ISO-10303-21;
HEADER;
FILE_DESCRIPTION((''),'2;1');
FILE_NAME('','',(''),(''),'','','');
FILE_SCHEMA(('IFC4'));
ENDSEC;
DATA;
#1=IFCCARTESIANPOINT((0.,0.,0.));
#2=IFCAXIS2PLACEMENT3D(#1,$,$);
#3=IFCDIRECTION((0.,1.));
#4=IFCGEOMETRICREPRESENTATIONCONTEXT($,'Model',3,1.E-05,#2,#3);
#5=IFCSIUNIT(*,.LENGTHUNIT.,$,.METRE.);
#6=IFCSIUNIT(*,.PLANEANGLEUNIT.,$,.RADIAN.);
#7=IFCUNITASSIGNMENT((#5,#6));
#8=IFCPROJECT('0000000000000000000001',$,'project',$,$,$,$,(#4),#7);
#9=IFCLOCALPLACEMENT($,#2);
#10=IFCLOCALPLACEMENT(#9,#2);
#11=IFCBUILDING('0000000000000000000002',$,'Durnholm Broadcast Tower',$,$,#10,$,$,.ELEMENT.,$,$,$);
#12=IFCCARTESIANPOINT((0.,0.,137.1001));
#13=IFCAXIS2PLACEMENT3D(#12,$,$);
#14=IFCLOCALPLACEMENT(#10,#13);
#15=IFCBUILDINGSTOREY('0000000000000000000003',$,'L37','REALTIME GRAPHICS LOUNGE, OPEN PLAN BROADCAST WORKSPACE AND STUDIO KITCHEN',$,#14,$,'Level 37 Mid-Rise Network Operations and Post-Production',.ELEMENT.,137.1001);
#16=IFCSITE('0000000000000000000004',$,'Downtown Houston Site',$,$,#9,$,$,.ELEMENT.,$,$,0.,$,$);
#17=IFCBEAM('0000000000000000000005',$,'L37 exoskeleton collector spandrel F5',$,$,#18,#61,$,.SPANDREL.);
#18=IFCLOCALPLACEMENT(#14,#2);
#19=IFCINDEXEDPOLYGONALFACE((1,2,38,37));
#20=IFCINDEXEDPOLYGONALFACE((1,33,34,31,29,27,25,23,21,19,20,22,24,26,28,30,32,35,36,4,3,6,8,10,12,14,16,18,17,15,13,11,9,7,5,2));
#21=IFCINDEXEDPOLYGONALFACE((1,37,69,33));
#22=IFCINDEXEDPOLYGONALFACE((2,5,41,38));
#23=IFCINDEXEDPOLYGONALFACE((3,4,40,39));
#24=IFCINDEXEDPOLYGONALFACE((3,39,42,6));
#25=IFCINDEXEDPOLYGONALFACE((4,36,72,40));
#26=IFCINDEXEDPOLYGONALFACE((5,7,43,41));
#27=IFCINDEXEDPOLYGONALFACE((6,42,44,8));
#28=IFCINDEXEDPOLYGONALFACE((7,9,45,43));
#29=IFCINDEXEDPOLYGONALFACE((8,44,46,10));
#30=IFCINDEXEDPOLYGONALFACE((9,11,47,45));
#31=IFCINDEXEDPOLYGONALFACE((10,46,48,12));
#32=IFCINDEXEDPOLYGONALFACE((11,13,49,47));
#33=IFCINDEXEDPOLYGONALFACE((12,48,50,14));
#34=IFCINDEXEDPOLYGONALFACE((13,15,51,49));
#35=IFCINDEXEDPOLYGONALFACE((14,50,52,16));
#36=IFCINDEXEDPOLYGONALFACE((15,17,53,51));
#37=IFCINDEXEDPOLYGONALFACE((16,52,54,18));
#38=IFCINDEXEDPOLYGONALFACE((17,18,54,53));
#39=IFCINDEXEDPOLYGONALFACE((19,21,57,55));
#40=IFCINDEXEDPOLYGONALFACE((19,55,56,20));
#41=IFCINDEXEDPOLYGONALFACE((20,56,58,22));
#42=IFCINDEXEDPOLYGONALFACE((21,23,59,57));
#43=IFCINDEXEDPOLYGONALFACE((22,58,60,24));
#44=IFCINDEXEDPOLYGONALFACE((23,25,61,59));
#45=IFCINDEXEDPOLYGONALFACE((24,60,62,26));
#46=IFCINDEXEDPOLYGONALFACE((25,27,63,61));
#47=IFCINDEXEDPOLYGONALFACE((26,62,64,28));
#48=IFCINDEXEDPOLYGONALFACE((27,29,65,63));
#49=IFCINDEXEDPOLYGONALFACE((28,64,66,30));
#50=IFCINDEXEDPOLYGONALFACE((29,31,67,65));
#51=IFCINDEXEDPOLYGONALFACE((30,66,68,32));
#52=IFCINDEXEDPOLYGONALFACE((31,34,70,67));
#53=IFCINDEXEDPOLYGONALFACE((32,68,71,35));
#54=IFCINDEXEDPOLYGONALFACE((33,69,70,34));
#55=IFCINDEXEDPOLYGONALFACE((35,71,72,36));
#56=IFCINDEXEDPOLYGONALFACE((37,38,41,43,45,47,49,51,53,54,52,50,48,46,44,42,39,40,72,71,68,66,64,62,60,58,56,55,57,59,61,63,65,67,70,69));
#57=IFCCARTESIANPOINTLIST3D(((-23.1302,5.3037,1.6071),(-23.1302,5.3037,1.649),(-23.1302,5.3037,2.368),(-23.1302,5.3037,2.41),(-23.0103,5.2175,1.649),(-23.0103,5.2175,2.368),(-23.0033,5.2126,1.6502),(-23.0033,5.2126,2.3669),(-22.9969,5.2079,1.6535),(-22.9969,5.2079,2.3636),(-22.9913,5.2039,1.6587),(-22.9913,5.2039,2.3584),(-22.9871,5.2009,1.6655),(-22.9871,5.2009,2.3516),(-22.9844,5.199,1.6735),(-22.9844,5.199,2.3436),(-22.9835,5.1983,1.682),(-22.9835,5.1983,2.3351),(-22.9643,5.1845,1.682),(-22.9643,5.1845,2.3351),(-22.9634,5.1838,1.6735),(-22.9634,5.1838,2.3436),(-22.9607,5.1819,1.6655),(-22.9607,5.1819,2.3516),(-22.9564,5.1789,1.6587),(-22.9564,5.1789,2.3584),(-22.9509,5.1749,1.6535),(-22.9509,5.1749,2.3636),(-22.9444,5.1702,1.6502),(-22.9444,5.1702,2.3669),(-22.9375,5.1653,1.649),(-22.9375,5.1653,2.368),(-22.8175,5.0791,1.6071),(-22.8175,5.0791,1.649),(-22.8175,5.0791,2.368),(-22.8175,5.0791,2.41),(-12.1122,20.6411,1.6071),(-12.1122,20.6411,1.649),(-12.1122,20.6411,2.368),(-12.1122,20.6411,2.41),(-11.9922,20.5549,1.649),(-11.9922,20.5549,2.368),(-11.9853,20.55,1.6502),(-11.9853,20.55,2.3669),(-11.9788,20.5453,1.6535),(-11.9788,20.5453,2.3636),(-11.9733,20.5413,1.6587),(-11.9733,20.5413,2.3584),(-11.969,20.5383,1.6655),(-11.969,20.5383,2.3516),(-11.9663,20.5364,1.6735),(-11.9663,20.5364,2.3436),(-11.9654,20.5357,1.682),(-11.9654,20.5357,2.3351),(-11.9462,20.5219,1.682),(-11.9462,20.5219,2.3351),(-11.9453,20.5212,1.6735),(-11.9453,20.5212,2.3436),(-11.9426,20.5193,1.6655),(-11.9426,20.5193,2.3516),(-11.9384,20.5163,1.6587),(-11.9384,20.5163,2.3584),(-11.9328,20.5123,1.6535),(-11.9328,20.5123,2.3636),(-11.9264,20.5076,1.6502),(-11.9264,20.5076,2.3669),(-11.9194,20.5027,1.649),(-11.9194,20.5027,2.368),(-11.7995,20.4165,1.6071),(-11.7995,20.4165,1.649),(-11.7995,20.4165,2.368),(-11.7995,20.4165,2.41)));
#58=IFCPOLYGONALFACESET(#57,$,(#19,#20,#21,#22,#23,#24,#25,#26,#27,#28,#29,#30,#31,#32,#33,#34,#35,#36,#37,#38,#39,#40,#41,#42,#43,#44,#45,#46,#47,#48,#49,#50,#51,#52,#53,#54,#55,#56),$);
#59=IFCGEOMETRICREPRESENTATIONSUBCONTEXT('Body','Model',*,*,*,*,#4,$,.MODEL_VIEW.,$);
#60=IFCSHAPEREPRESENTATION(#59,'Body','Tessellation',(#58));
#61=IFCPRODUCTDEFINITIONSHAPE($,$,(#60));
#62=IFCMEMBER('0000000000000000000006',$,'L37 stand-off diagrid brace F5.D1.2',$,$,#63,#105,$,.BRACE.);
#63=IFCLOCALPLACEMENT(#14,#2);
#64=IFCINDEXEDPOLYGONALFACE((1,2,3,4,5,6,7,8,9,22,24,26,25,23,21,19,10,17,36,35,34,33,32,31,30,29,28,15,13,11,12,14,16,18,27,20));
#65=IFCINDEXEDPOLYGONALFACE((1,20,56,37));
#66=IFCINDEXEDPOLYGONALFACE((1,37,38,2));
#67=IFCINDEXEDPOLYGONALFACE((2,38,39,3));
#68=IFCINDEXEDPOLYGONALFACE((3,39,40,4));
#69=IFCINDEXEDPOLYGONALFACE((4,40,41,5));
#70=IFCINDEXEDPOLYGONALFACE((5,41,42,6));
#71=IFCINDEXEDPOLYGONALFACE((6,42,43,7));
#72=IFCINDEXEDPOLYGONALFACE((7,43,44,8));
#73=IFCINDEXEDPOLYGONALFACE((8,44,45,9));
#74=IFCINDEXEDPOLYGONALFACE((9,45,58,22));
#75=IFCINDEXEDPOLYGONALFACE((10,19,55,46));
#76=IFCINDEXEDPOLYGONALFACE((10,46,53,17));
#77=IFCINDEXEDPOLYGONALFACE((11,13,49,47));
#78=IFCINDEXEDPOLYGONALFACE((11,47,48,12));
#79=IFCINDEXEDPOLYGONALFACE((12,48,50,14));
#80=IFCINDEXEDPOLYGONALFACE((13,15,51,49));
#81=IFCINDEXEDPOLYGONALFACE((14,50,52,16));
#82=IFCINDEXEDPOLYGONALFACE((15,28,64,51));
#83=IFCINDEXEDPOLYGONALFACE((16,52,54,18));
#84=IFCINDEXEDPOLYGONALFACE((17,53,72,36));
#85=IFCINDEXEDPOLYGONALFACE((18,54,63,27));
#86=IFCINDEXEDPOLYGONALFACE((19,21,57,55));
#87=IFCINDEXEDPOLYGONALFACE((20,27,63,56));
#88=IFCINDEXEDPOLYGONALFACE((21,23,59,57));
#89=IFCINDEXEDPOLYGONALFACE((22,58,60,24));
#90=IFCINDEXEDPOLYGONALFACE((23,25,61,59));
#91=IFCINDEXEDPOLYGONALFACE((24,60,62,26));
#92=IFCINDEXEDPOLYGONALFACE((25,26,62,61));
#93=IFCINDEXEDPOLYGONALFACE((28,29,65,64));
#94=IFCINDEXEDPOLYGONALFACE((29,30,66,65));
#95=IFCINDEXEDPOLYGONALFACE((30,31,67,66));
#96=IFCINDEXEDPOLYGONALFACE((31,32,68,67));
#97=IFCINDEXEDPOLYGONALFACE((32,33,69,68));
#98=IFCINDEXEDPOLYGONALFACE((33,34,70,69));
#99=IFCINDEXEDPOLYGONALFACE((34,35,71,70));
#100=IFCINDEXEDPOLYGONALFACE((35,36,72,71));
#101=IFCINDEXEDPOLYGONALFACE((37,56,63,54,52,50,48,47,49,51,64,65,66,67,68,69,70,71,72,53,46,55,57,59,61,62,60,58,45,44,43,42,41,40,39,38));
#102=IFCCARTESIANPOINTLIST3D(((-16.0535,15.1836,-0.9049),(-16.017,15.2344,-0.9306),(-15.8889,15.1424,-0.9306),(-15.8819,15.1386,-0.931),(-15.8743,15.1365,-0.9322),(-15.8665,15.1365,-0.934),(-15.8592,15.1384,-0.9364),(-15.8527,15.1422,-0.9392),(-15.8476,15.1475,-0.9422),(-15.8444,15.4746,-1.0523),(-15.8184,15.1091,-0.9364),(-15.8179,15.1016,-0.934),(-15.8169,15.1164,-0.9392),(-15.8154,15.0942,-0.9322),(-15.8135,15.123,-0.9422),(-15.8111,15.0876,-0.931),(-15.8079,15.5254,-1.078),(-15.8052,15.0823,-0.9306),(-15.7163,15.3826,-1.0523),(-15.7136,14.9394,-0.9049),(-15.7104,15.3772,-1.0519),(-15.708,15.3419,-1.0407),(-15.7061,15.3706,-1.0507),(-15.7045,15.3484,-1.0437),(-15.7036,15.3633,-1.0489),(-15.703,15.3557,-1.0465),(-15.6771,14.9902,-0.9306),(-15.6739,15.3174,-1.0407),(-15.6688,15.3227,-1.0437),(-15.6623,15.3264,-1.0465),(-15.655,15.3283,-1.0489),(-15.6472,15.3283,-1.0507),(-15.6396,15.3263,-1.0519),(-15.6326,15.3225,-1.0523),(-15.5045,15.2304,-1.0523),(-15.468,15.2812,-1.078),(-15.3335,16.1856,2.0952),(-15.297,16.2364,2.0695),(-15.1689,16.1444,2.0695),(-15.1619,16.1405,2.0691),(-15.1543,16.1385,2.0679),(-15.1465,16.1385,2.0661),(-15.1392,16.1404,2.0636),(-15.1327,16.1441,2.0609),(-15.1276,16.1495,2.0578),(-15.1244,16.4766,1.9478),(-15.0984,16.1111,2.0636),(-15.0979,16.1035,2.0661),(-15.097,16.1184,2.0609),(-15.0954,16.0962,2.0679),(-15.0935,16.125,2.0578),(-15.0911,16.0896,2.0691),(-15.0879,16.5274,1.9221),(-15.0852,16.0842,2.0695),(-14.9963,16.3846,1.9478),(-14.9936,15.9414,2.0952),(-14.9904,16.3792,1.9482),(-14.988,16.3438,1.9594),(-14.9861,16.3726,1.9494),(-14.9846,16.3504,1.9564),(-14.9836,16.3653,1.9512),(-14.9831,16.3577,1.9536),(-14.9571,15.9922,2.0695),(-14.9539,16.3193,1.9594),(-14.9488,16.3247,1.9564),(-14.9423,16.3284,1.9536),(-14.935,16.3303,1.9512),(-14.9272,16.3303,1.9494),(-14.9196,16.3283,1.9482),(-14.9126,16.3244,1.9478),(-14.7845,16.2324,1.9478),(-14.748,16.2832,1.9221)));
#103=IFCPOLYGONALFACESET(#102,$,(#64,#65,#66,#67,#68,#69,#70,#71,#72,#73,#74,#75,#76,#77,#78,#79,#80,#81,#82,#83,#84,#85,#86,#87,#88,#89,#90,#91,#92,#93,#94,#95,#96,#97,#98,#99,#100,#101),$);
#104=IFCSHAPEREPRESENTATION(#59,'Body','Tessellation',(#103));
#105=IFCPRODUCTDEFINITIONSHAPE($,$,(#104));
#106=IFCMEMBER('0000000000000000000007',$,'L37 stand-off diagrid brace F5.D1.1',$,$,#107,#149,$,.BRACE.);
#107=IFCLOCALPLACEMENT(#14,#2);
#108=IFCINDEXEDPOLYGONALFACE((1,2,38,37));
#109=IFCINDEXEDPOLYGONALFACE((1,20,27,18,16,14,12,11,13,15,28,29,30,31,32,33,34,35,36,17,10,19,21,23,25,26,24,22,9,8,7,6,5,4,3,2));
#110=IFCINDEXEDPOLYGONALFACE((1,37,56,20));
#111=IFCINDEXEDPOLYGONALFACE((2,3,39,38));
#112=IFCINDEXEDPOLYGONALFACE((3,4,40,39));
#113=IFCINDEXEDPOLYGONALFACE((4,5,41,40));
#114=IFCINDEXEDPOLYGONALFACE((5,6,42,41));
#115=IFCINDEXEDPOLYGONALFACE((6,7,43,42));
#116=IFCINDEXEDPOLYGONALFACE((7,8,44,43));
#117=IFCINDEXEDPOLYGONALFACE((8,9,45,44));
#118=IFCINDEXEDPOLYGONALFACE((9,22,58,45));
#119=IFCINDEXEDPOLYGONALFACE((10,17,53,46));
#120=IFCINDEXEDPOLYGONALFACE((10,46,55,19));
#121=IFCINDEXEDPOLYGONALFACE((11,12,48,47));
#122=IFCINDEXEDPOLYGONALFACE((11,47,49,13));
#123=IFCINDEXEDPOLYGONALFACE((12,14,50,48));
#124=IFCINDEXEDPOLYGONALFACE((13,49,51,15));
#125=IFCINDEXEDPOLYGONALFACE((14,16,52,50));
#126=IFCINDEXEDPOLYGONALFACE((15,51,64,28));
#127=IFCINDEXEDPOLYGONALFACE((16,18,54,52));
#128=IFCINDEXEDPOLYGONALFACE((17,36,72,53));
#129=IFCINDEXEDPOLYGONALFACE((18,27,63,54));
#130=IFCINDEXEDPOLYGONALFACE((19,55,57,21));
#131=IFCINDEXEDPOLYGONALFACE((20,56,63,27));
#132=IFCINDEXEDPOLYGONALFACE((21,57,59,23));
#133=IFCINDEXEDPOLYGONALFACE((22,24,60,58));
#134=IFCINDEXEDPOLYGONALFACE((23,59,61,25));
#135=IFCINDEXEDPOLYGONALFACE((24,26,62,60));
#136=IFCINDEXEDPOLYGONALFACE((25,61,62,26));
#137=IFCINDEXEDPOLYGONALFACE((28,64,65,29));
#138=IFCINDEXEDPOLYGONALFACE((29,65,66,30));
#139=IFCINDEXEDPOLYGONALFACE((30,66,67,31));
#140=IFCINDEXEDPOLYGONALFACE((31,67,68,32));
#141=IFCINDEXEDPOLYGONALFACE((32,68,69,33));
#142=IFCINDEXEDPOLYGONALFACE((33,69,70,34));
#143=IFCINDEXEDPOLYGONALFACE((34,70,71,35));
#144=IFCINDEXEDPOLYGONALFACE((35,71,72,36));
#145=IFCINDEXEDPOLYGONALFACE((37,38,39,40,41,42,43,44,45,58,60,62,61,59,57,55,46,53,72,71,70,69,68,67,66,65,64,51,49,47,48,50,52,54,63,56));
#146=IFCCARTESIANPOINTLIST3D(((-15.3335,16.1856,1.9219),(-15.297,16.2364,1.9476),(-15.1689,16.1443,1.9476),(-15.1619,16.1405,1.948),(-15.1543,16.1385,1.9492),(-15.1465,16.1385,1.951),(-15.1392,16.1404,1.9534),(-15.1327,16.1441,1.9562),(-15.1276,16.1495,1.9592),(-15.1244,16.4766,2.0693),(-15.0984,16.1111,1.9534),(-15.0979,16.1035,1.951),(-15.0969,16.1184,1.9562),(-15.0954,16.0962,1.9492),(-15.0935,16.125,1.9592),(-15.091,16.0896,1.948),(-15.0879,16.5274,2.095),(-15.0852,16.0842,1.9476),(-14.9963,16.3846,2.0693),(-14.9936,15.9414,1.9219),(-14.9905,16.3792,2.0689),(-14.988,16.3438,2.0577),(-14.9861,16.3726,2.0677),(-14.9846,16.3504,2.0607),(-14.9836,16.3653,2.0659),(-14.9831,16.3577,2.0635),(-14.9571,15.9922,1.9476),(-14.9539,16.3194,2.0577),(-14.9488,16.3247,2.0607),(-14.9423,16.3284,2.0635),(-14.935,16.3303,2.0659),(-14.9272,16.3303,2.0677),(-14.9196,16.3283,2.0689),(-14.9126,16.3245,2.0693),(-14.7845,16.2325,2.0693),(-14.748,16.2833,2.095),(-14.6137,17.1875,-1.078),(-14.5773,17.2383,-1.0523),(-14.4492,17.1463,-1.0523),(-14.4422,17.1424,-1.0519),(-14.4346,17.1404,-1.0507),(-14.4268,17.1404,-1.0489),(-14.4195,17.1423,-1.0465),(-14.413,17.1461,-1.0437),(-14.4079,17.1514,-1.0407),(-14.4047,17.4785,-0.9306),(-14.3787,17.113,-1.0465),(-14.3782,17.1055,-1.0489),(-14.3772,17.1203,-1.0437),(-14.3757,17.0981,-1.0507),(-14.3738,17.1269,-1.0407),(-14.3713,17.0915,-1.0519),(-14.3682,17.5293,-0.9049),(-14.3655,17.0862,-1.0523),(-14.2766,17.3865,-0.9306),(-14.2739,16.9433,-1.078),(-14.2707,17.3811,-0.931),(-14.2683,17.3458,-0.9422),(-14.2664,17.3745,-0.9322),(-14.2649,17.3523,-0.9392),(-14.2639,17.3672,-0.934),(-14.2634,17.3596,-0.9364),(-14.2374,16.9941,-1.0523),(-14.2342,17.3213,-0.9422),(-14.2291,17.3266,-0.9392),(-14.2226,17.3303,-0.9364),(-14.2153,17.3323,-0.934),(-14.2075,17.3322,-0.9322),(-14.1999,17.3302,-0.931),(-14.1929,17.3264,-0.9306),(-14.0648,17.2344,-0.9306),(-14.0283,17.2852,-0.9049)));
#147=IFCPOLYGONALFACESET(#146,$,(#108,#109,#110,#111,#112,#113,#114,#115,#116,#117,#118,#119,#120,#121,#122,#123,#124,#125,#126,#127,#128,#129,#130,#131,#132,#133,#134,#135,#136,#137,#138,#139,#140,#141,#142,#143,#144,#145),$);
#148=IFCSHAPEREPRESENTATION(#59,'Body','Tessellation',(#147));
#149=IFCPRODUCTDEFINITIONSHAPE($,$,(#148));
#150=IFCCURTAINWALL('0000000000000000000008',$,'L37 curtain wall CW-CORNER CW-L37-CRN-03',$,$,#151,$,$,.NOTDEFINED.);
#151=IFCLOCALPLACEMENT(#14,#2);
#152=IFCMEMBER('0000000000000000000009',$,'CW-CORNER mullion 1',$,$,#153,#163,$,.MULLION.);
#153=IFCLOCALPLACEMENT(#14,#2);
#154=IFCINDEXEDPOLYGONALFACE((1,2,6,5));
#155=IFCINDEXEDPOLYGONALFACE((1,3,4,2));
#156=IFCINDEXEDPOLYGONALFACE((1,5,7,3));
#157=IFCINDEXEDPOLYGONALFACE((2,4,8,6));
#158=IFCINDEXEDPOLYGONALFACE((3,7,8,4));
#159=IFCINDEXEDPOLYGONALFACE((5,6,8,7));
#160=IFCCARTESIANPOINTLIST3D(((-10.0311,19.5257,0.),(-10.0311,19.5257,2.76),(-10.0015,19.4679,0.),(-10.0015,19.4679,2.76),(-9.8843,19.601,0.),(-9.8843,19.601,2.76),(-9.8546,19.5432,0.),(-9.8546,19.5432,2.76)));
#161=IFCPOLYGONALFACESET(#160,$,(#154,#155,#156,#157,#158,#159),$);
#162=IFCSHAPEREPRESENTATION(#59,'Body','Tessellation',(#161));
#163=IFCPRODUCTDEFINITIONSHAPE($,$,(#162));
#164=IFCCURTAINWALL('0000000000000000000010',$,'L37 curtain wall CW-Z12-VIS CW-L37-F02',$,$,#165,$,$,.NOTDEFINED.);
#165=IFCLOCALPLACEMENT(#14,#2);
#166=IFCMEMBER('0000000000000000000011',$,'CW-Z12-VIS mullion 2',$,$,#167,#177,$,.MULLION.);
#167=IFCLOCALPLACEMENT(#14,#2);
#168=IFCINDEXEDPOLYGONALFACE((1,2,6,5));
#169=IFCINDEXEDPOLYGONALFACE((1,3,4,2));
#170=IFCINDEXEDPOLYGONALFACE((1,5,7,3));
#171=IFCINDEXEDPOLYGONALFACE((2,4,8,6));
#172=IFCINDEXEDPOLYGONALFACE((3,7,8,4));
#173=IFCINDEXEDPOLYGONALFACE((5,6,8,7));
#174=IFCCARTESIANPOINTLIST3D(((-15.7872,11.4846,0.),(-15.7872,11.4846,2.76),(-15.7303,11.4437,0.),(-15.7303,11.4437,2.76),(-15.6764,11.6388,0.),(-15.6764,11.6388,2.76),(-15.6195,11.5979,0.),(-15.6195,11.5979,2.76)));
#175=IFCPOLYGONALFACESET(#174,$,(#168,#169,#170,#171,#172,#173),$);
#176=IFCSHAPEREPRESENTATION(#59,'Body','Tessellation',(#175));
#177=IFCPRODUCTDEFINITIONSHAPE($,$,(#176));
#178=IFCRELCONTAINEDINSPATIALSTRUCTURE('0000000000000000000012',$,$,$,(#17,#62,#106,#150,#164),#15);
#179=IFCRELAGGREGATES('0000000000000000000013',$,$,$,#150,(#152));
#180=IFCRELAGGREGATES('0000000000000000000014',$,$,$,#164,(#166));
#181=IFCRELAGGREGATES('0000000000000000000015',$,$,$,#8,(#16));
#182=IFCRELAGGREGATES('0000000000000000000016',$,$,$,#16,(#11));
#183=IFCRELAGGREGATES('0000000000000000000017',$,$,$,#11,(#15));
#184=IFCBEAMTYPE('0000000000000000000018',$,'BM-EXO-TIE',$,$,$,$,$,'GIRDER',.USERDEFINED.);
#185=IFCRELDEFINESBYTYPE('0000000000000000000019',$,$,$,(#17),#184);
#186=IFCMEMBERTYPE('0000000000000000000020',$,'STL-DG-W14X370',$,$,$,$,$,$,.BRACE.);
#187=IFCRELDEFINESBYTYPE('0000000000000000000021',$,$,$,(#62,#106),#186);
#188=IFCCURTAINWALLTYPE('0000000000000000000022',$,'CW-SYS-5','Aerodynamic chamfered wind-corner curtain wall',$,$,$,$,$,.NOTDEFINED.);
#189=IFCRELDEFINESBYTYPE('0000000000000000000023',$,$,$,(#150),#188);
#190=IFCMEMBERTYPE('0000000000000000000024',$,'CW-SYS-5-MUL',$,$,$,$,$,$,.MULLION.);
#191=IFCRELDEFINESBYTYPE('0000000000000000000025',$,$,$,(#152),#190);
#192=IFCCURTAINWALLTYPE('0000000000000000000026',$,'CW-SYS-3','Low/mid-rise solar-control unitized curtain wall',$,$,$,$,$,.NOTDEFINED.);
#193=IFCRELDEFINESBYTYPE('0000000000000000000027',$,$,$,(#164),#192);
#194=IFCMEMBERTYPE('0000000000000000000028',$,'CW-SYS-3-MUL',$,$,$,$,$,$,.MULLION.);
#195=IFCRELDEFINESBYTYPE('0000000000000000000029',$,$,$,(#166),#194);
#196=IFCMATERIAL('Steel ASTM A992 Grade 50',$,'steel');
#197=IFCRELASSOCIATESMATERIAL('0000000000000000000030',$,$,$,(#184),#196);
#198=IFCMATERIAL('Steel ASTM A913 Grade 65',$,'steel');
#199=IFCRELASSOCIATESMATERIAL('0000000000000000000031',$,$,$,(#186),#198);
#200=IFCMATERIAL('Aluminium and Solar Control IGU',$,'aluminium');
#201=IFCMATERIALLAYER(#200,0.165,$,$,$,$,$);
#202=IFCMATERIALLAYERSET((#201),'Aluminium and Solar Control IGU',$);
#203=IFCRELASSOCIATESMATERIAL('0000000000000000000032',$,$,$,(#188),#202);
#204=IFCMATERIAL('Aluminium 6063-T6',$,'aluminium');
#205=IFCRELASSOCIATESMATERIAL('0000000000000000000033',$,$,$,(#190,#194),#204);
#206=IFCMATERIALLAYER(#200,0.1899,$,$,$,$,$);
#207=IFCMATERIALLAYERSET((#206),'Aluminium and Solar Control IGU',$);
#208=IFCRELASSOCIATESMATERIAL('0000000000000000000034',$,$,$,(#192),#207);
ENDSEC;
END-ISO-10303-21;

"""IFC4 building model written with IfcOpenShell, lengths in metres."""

from ifc_helpers import new_model, si_unit, direction, frame, origin, origin_2d, place, context, subcontext, project, spatial, rectangle, i_section, extrude, source, transform, mapped, material, layer, layer_set, material_profile, profile_set, type_object, type_shapes, element, aggregate, save


model = new_model("IFC4")

# Units and contexts
model_context = context("Model", 3, precision=1e-05, world=origin(), true_north=direction((0.0, 1.0)))
body_context = subcontext(model_context, "Body", "Model", "MODEL_VIEW")
ifc_project = project(units=[si_unit("LENGTHUNIT", "METRE"), si_unit("PLANEANGLEUNIT", "RADIAN")], contexts=[model_context])

# Site, building, storey
site_placement = place(None, origin())
site = spatial("IfcSite", under=ifc_project, at=site_placement, Name="Downtown Houston Site", CompositionType="ELEMENT", RefElevation=0.0)
building_placement = place(site_placement, origin())
building = spatial("IfcBuilding", under=site, at=building_placement, Name="Durnholm Broadcast Tower", CompositionType="ELEMENT")
storey_placement = place(building_placement, frame((0.0, 0.0, 137.1001)))
storey = spatial("IfcBuildingStorey", under=building, at=storey_placement, Name="L37", Description="REALTIME GRAPHICS LOUNGE, OPEN PLAN BROADCAST WORKSPACE AND STUDIO KITCHEN", LongName="Level 37 Mid-Rise Network Operations and Post-Production", CompositionType="ELEMENT", Elevation=137.1001)

# Beam
ifc_material_1 = material(Name="Steel ASTM A992 Grade 50", Category="steel")
ifc_material_profile_1 = material_profile(ifc_material_1, i_section(OverallWidth=0.385, OverallDepth=0.803, WebThickness=0.0237, FlangeThickness=0.042, FilletRadius=0.033, at=origin_2d()), Name="W30X261")
ifc_profile_set_1 = profile_set([ifc_material_profile_1], Name="Steel ASTM A992 Grade 50")
beam_type = type_object("IfcBeamType", Name="BM-EXO-TIE", ElementType="GIRDER", PredefinedType="USERDEFINED", material=ifc_profile_set_1)
shared_shape_1 = source(origin(), body_context, "Body", "SweptSolid", [
    extrude(i_section(OverallWidth=0.385, OverallDepth=0.803, WebThickness=0.0237, FlangeThickness=0.042, FilletRadius=0.033, at=origin_2d()), origin(), (0.0, 0.0, 1.0), 18.8848),
])
type_shapes(beam_type, [shared_shape_1])
beam_placement = place(storey_placement, frame((-11.9558, 20.5288, 2.0085), z_axis=(-0.583437, -0.812158, 0.0), x_axis=(0.812158, -0.583437, 0.0)))
element("IfcBeam", 1, at=beam_placement, inside=storey, type_object=beam_type, Name="L37 exoskeleton collector spandrel F5", PredefinedType="SPANDREL", context=body_context, shape_type="MappedRepresentation", body=[
    mapped(shared_shape_1, transform((0.0, 0.0, 0.0), x_axis=(1.0, 0.0, 0.0), y_axis=(0.0, 1.0, 0.0), z_axis=(0.0, 0.0, 1.0), scale=1.0)),
])

# Members
ifc_material_2 = material(Name="Steel ASTM A913 Grade 65", Category="steel")
ifc_material_profile_2 = material_profile(ifc_material_2, i_section(OverallWidth=0.4185, OverallDepth=0.4551, WebThickness=0.042, FlangeThickness=0.0676, FilletRadius=0.0305, at=origin_2d()), Name="W14X370")
ifc_profile_set_2 = profile_set([ifc_material_profile_2], Name="Steel ASTM A913 Grade 65")
member_type_1 = type_object("IfcMemberType", Name="STL-DG-W14X370", PredefinedType="BRACE", material=ifc_profile_set_2)
shared_shape_2 = source(origin(), body_context, "Body", "SweptSolid", [
    extrude(i_section(OverallWidth=0.4185, OverallDepth=0.4551, WebThickness=0.042, FlangeThickness=0.0676, FilletRadius=0.0305, at=origin_2d()), origin(), (0.0, 0.0, 1.0), 3.2439),
])
member_1_placement = place(storey_placement, frame((-15.7607, 15.2324, -0.9915), z_axis=(0.221953, 0.308882, 0.92484), x_axis=(-0.812086, 0.583538, 0.0)))
element("IfcMember", 2, at=member_1_placement, inside=storey, type_object=member_type_1, Name="L37 stand-off diagrid brace F5.D1.2", PredefinedType="BRACE", context=body_context, shape_type="MappedRepresentation", body=[
    mapped(shared_shape_2, transform((0.0, 0.0, 0.0), x_axis=(1.0, 0.0, 0.0), y_axis=(0.0, 1.0, 0.0), z_axis=(0.0, 0.0, 1.0), scale=1.0)),
])
shared_shape_3 = source(origin(), body_context, "Body", "SweptSolid", [
    extrude(i_section(OverallWidth=0.4185, OverallDepth=0.4551, WebThickness=0.042, FlangeThickness=0.0676, FilletRadius=0.0305, at=origin_2d()), origin(), (0.0, 0.0, 1.0), 3.2437),
])
type_shapes(member_type_1, [shared_shape_2, shared_shape_3])
member_2_placement = place(storey_placement, frame((-14.321, 17.2363, -0.9915), z_axis=(-0.221881, -0.308887, 0.924855), x_axis=(0.812179, -0.583408, 0.0)))
element("IfcMember", 3, at=member_2_placement, inside=storey, type_object=member_type_1, Name="L37 stand-off diagrid brace F5.D1.1", PredefinedType="BRACE", context=body_context, shape_type="MappedRepresentation", body=[
    mapped(shared_shape_3, transform((0.0, 0.0, 0.0), x_axis=(1.0, 0.0, 0.0), y_axis=(0.0, 1.0, 0.0), z_axis=(0.0, 0.0, 1.0), scale=1.0)),
])

# Curtain wall, member
ifc_material_3 = material(Name="Aluminium and Solar Control IGU", Category="aluminium")
ifc_layer_1 = layer(ifc_material_3, 0.165)
ifc_layer_set_1 = layer_set([ifc_layer_1], Name="Aluminium and Solar Control IGU")
curtain_wall_type_1 = type_object("IfcCurtainWallType", Name="CW-SYS-5", Description="Aerodynamic chamfered wind-corner curtain wall", PredefinedType="NOTDEFINED", material=ifc_layer_set_1)
curtain_wall_1_placement = place(storey_placement, origin())
curtain_wall_1 = element("IfcCurtainWall", 4, at=curtain_wall_1_placement, inside=storey, type_object=curtain_wall_type_1, Name="L37 curtain wall CW-CORNER CW-L37-CRN-03", PredefinedType="NOTDEFINED")
ifc_material_4 = material(Name="Aluminium 6063-T6", Category="aluminium")
ifc_material_profile_3 = material_profile(ifc_material_4, rectangle(XDim=0.0649, YDim=0.165, at=origin_2d()), Name="CWM65X165")
ifc_profile_set_3 = profile_set([ifc_material_profile_3], Name="Aluminium 6063-T6")
member_type_2 = type_object("IfcMemberType", Name="CW-SYS-5-MUL", PredefinedType="MULLION", material=ifc_profile_set_3)
shared_shape_4 = source(origin(), body_context, "Body", "SweptSolid", [
    extrude(rectangle(XDim=0.0649, YDim=0.165, at=origin_2d()), origin(), (0.0, 0.0, 1.0), 2.76),
])
type_shapes(member_type_2, [shared_shape_4])
member_3_placement = place(storey_placement, frame((-9.9429, 19.5344, 0.0), z_axis=(0.0, 0.0, 1.0), x_axis=(-0.456373, 0.889788, 0.0)))
member_3 = element("IfcMember", 5, at=member_3_placement, type_object=member_type_2, Name="CW-CORNER mullion 1", PredefinedType="MULLION", context=body_context, shape_type="MappedRepresentation", body=[
    mapped(shared_shape_4, transform((0.0, 0.0, 0.0), x_axis=(1.0, 0.0, 0.0), y_axis=(0.0, 1.0, 0.0), z_axis=(0.0, 0.0, 1.0), scale=1.0)),
])

# Curtain wall, member
ifc_layer_2 = layer(ifc_material_3, 0.1899)
ifc_layer_set_2 = layer_set([ifc_layer_2], Name="Aluminium and Solar Control IGU")
curtain_wall_type_2 = type_object("IfcCurtainWallType", Name="CW-SYS-3", Description="Low/mid-rise solar-control unitized curtain wall", PredefinedType="NOTDEFINED", material=ifc_layer_set_2)
curtain_wall_2_placement = place(storey_placement, origin())
curtain_wall_2 = element("IfcCurtainWall", 6, at=curtain_wall_2_placement, inside=storey, type_object=curtain_wall_type_2, Name="L37 curtain wall CW-Z12-VIS CW-L37-F02", PredefinedType="NOTDEFINED")
ifc_material_profile_4 = material_profile(ifc_material_4, rectangle(XDim=0.0701, YDim=0.1899, at=origin_2d()), Name="CWM70X190")
ifc_profile_set_4 = profile_set([ifc_material_profile_4], Name="Aluminium 6063-T6")
member_type_3 = type_object("IfcMemberType", Name="CW-SYS-3-MUL", PredefinedType="MULLION", material=ifc_profile_set_4)
shared_shape_5 = source(origin(), body_context, "Body", "SweptSolid", [
    extrude(rectangle(XDim=0.0701, YDim=0.1899, at=origin_2d()), origin(), (0.0, 0.0, 1.0), 2.76),
])
type_shapes(member_type_3, [shared_shape_5])
member_4_placement = place(storey_placement, frame((-15.7034, 11.5413, 0.0), z_axis=(0.0, 0.0, 1.0), x_axis=(-0.812152, 0.583445, 0.0)))
member_4 = element("IfcMember", 7, at=member_4_placement, type_object=member_type_3, Name="CW-Z12-VIS mullion 2", PredefinedType="MULLION", context=body_context, shape_type="MappedRepresentation", body=[
    mapped(shared_shape_5, transform((0.0, 0.0, 0.0), x_axis=(1.0, 0.0, 0.0), y_axis=(0.0, 1.0, 0.0), z_axis=(0.0, 0.0, 1.0), scale=1.0)),
])

aggregate(curtain_wall_1, [member_3])

aggregate(curtain_wall_2, [member_4])

save(model, "model.ifc")
